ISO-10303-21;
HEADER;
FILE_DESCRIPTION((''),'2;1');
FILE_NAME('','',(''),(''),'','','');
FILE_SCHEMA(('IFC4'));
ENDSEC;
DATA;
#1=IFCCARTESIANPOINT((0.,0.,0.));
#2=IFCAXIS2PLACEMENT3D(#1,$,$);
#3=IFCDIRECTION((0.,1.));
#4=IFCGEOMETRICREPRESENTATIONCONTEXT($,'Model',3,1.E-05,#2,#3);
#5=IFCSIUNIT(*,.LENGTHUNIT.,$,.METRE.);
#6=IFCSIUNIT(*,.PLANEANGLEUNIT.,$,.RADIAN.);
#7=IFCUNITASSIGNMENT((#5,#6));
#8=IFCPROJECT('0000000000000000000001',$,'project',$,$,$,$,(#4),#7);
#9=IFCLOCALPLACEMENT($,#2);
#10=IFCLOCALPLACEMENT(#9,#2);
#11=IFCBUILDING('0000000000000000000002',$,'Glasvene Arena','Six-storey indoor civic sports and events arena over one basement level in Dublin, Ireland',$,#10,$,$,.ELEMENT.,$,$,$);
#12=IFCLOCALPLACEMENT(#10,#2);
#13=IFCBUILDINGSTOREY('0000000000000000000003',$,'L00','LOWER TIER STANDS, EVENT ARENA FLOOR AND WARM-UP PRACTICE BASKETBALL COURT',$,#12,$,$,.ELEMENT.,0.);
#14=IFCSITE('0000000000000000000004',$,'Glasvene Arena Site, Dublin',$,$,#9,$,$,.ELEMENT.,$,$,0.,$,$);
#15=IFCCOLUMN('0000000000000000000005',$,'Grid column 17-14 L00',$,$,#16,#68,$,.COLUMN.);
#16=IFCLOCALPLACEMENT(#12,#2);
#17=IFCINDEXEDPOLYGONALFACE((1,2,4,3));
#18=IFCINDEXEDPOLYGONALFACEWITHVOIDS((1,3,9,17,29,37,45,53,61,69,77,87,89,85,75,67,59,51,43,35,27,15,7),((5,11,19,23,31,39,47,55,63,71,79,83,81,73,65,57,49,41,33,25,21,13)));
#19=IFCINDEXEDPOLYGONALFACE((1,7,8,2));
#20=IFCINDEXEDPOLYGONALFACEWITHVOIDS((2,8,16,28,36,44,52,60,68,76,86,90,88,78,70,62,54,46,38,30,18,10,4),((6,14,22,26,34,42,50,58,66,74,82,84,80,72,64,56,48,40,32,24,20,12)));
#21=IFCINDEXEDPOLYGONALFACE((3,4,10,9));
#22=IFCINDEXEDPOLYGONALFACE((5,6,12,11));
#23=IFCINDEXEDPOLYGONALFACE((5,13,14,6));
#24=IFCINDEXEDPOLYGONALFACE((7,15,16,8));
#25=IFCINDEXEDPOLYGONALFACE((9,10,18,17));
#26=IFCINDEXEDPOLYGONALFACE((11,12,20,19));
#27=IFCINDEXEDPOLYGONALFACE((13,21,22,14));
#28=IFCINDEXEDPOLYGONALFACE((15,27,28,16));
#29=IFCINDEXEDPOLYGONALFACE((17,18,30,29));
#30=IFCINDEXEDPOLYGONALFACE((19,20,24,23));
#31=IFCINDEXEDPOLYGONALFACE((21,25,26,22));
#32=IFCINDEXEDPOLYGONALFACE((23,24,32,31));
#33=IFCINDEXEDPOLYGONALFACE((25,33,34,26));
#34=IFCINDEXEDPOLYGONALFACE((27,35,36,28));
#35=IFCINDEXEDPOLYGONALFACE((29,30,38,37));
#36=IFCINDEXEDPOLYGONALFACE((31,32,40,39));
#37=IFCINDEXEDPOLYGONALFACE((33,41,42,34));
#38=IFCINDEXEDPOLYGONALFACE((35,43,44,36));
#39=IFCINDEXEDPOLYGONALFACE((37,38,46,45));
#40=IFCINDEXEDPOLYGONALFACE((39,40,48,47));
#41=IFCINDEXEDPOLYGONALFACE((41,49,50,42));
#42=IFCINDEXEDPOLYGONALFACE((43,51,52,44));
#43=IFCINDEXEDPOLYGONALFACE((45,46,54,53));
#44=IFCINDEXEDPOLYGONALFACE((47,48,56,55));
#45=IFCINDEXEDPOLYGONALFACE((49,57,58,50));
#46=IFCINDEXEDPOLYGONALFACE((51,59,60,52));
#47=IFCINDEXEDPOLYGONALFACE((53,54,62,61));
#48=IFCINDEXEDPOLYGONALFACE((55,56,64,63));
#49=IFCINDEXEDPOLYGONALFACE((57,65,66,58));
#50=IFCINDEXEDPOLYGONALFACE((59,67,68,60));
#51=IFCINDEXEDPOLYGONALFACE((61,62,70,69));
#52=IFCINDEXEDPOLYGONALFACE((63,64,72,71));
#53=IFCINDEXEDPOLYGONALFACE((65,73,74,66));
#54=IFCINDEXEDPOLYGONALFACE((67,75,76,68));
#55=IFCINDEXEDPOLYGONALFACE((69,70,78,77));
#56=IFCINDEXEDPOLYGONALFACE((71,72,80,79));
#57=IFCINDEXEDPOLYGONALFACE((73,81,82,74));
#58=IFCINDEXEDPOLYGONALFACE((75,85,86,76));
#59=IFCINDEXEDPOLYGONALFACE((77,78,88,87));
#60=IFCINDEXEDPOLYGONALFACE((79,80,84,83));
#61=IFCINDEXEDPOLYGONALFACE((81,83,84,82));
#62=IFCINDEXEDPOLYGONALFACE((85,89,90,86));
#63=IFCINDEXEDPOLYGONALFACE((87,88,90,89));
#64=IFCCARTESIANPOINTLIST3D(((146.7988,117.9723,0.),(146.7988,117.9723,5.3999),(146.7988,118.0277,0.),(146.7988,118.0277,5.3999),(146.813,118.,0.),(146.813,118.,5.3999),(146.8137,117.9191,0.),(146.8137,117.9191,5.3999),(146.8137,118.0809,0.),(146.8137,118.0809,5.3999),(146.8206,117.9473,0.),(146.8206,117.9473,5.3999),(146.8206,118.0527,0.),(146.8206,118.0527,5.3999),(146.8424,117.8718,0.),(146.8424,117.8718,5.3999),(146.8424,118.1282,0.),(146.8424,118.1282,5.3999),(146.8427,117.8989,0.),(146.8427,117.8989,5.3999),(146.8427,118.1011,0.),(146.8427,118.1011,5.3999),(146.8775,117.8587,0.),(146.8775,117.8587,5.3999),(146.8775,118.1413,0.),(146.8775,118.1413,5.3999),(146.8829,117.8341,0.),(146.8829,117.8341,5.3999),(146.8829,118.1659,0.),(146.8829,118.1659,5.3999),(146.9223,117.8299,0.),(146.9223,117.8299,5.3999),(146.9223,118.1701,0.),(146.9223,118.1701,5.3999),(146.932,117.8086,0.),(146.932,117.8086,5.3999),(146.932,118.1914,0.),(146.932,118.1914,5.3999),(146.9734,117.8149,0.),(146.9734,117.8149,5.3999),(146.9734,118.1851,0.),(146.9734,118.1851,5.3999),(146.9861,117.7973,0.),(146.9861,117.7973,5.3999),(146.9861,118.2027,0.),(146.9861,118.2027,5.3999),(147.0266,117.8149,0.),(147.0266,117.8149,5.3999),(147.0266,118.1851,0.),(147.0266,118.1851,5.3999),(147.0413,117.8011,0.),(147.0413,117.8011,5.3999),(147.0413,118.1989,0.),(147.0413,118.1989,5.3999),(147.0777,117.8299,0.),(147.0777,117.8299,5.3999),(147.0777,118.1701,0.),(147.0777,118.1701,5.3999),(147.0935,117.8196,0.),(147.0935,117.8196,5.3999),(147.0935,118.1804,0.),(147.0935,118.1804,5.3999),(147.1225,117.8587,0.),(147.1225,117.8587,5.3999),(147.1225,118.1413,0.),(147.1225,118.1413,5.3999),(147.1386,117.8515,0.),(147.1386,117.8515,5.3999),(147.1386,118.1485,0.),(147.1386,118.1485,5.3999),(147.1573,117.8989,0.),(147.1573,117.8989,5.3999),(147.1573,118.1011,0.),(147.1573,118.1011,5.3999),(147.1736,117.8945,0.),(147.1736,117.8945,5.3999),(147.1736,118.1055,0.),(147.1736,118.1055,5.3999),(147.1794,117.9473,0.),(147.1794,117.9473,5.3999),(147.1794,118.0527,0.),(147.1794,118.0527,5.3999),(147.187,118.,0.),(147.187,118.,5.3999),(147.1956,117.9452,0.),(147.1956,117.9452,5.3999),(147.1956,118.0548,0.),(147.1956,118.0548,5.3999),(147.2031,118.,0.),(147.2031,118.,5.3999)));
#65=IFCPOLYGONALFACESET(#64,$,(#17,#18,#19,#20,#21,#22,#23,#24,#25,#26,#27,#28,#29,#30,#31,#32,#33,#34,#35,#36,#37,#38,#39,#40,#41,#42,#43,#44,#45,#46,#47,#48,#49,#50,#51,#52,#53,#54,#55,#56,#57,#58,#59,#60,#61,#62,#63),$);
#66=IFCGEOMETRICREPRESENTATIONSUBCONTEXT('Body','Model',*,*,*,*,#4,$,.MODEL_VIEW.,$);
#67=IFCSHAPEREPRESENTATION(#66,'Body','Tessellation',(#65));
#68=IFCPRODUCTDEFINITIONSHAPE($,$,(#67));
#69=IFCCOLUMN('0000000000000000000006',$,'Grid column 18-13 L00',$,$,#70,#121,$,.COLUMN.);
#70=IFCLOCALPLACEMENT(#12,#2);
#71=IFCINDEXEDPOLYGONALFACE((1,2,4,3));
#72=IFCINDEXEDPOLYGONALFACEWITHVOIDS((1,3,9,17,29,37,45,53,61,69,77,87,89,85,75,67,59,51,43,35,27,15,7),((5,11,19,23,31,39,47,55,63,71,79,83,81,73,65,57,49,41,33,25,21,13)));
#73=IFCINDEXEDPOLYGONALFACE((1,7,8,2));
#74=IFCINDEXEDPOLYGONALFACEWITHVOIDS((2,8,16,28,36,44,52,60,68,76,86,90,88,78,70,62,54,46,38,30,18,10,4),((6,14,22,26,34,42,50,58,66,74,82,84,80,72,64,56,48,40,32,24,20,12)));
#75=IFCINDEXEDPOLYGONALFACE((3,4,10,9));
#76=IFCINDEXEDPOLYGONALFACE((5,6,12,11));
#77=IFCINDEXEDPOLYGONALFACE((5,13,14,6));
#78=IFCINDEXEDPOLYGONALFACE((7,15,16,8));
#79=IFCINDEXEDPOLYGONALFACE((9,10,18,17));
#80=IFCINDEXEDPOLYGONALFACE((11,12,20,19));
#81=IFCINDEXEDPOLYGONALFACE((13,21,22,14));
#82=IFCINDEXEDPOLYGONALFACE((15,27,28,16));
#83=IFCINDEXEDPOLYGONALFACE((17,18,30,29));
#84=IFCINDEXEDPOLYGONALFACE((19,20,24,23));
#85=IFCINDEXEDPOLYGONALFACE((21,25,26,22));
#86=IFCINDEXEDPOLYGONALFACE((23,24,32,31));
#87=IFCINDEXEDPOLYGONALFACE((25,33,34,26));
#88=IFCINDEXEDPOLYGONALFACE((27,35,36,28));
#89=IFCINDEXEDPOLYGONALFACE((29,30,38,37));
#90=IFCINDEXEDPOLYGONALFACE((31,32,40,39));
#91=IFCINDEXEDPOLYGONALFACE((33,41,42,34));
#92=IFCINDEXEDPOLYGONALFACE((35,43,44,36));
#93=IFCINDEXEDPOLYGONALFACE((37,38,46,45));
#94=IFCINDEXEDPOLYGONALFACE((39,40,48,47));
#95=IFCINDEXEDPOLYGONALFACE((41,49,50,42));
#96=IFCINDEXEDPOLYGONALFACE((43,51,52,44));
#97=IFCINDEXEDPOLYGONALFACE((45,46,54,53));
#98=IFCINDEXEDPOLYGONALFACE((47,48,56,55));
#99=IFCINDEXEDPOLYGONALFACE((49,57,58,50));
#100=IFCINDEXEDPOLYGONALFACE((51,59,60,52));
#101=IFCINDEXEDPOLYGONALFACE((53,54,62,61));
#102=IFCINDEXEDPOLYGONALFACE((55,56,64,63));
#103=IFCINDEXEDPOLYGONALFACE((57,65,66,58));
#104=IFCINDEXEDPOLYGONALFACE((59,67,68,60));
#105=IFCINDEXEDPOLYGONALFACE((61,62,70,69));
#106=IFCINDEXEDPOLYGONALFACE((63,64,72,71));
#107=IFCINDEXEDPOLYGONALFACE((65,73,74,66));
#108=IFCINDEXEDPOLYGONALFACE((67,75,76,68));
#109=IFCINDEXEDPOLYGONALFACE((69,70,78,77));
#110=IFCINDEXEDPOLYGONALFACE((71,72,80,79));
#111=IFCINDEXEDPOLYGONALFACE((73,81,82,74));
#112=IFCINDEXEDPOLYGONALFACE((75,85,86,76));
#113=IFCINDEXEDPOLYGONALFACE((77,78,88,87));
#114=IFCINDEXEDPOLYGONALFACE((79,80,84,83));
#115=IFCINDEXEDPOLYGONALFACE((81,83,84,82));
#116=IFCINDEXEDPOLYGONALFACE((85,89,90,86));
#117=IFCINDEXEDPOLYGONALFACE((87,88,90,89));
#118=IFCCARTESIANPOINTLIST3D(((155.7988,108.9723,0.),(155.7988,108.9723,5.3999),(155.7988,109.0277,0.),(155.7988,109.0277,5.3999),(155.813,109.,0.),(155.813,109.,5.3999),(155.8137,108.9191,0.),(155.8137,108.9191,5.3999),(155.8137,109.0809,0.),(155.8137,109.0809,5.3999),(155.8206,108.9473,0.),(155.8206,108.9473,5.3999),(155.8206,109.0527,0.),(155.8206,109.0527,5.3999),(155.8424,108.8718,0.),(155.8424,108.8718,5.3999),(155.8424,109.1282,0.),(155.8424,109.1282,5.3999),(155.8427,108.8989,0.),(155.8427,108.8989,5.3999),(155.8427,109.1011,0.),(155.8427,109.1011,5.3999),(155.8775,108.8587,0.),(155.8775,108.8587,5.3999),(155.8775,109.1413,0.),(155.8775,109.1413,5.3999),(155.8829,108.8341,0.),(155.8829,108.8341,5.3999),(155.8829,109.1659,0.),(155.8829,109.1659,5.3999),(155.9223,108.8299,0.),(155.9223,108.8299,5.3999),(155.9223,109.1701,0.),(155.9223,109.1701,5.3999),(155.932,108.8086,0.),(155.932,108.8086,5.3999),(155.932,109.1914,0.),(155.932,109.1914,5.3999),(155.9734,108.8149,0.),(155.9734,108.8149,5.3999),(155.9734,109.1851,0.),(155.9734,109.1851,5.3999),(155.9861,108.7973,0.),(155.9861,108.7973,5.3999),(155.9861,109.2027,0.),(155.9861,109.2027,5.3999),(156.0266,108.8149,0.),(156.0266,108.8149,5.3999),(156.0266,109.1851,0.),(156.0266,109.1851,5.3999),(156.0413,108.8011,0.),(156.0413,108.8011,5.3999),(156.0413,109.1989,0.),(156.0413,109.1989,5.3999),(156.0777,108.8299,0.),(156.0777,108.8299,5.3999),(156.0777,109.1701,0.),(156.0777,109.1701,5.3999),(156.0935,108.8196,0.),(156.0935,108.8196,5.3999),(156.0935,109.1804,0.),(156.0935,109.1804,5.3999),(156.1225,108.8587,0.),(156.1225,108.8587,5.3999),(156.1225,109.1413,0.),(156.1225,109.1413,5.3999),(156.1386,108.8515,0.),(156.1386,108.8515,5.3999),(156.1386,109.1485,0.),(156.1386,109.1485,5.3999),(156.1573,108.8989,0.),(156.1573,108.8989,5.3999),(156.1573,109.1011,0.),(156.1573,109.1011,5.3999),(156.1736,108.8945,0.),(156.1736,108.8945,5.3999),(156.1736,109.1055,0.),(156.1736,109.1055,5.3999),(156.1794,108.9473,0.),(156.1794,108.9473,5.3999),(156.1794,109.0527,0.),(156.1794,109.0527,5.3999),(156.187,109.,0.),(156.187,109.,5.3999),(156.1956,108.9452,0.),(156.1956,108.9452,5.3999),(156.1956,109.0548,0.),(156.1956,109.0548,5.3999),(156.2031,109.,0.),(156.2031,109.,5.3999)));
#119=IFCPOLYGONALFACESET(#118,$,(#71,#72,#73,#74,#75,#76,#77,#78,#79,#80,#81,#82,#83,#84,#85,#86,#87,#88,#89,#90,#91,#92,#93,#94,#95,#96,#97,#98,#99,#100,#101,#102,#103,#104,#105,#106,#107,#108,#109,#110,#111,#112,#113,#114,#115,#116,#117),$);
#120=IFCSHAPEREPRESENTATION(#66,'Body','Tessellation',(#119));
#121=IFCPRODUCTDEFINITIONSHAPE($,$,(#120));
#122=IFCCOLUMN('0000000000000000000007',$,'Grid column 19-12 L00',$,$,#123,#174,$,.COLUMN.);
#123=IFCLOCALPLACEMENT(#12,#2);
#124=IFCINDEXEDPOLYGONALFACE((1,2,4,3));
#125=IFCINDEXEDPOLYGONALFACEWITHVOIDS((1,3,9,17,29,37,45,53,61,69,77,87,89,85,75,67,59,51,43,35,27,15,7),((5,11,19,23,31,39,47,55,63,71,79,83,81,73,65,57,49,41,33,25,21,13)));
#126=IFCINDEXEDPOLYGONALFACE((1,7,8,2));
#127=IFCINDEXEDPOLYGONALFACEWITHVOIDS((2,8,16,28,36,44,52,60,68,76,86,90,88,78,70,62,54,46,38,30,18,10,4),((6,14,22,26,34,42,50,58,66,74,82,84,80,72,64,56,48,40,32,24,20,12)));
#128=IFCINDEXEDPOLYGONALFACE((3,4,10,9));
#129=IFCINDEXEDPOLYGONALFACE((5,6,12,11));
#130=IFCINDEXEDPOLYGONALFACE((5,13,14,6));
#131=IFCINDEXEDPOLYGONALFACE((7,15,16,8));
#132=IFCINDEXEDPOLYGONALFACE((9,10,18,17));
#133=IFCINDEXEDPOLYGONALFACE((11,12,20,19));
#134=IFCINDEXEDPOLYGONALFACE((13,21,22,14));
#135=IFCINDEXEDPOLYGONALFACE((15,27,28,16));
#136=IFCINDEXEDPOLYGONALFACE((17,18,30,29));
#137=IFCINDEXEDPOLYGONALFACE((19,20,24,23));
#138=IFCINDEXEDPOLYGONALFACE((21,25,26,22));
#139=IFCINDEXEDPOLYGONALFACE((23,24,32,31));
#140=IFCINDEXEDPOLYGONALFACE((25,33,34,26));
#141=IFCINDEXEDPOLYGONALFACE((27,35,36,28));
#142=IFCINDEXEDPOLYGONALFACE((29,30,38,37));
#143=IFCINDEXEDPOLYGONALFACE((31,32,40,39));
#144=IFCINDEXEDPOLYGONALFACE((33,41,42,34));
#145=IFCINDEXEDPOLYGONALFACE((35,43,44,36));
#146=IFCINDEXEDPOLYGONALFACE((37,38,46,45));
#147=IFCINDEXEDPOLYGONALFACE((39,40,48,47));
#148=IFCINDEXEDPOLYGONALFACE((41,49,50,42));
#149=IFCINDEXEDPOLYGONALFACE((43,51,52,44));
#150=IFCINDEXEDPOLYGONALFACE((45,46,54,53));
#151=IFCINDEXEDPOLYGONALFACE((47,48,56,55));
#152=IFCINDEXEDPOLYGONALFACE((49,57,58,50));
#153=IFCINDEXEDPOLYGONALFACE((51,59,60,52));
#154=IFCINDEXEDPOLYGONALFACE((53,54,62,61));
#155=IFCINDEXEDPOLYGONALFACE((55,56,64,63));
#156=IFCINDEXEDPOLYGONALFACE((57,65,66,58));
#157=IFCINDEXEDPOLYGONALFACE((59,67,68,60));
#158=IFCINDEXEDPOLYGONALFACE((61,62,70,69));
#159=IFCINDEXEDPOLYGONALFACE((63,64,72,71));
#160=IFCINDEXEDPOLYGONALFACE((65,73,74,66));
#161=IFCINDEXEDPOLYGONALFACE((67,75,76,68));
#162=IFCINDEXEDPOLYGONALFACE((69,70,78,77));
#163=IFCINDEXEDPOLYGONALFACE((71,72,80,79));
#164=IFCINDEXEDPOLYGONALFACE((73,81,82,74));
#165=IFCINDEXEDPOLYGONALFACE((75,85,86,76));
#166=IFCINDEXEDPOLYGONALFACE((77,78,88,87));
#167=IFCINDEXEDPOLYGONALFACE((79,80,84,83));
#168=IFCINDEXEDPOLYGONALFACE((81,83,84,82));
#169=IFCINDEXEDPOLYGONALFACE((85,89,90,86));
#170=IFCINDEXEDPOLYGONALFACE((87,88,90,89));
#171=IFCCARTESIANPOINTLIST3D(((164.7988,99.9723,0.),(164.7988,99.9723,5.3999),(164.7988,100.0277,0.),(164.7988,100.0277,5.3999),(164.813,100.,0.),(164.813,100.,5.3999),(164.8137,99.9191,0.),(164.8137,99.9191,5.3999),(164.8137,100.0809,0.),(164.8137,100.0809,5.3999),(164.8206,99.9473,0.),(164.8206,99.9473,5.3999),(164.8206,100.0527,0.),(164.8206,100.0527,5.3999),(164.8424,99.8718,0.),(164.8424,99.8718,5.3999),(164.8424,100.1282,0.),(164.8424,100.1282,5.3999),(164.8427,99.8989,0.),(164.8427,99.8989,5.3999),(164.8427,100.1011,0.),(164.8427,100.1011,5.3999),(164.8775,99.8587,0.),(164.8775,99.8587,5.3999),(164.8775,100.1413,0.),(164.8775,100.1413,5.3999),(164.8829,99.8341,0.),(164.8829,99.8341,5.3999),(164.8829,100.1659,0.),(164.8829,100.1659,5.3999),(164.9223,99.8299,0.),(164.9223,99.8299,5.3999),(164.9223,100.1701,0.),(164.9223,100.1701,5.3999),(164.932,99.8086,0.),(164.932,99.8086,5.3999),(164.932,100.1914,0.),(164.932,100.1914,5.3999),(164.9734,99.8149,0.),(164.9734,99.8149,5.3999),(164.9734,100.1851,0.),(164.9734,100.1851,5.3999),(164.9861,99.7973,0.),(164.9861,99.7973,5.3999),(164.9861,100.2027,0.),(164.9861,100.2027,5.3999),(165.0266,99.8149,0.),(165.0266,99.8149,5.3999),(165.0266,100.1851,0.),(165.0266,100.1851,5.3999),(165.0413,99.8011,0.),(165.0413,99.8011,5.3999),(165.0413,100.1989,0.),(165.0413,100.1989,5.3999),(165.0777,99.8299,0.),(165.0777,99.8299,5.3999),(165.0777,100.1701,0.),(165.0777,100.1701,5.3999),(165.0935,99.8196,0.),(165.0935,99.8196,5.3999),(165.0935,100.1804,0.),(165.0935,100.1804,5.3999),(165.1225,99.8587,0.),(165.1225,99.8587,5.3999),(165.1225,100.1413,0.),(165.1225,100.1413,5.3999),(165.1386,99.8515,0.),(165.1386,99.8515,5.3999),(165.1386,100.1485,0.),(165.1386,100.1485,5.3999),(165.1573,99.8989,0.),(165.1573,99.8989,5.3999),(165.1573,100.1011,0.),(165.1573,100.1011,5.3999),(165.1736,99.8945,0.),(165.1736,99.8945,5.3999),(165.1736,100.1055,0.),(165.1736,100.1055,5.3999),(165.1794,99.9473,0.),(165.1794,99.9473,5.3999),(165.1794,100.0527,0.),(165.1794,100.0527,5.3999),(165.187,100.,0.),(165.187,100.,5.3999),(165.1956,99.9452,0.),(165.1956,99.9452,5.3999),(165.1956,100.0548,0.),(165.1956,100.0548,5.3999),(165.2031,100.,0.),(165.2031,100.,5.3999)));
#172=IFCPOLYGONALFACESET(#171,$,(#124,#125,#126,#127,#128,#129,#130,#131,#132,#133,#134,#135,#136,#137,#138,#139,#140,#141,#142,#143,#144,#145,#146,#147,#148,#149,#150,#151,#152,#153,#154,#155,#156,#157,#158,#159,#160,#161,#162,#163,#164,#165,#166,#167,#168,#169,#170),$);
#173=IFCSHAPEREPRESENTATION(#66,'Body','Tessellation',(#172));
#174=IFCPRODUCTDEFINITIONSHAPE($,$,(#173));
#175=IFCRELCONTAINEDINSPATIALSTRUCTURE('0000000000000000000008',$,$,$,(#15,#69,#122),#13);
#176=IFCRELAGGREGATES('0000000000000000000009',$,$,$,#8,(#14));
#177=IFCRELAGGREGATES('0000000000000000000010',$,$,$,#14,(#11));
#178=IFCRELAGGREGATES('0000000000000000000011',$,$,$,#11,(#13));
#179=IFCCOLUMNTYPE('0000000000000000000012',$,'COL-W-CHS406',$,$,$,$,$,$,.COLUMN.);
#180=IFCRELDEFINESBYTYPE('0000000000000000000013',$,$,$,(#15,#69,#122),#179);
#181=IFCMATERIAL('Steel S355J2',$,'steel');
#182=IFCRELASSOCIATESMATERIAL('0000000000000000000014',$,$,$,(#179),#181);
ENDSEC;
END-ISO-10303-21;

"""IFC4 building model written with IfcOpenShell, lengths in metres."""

from ifc_helpers import new_model, si_unit, direction, frame, origin, origin_2d, place, context, subcontext, project, spatial, hollow_circle, extrude, material, material_profile, profile_set, type_object, element, save


model = new_model("IFC4")

# Units and contexts
model_context = context("Model", 3, precision=1e-05, world=origin(), true_north=direction((0.0, 1.0)))
body_context = subcontext(model_context, "Body", "Model", "MODEL_VIEW")
ifc_project = project(units=[si_unit("LENGTHUNIT", "METRE"), si_unit("PLANEANGLEUNIT", "RADIAN")], contexts=[model_context])

# Site, building, storey
site_placement = place(None, origin())
site = spatial("IfcSite", under=ifc_project, at=site_placement, Name="Glasvene Arena Site, Dublin", CompositionType="ELEMENT", RefElevation=0.0)
building_placement = place(site_placement, origin())
building = spatial("IfcBuilding", under=site, at=building_placement, Name="Glasvene Arena", Description="Six-storey indoor civic sports and events arena over one basement level in Dublin, Ireland", CompositionType="ELEMENT")
storey_placement = place(building_placement, origin())
storey = spatial("IfcBuildingStorey", under=building, at=storey_placement, Name="L00", Description="LOWER TIER STANDS, EVENT ARENA FLOOR AND WARM-UP PRACTICE BASKETBALL COURT", CompositionType="ELEMENT", Elevation=0.0)

# Columns
ifc_material_1 = material(Name="Steel S355J2", Category="steel")
ifc_material_profile_1 = material_profile(ifc_material_1, hollow_circle(Radius=0.2031, WallThickness=0.0161, at=origin_2d()), Name="CHS 406.4x16.0")
ifc_profile_set_1 = profile_set([ifc_material_profile_1], Name="Steel S355J2")
column_type_1 = type_object("IfcColumnType", Name="COL-W-CHS406", PredefinedType="COLUMN", material=ifc_profile_set_1)
for number, where, z_axis, x_axis, name in (
    (1, (147.0, 118.0, 0.0), (0.0, 0.0, 1.0), (1.0, 0.0, 0.0), "Grid column 17-14 L00"),
    (2, (156.0, 109.0, 0.0), (0.0, 0.0, 1.0), (1.0, 0.0, 0.0), "Grid column 18-13 L00"),
    (3, (165.0, 100.0, 0.0), (0.0, 0.0, 1.0), (1.0, 0.0, 0.0), "Grid column 19-12 L00"),
):
    element("IfcColumn", number, at=place(storey_placement, frame(where, z_axis=z_axis, x_axis=x_axis)), inside=storey, type_object=column_type_1, Name=name, PredefinedType="COLUMN", context=body_context, shape_type="SweptSolid", body=[
        extrude(hollow_circle(Radius=0.2031, WallThickness=0.0161, at=origin_2d()), origin(), (0.0, 0.0, 1.0), 5.3999),
    ])

save(model, "model.ifc")
